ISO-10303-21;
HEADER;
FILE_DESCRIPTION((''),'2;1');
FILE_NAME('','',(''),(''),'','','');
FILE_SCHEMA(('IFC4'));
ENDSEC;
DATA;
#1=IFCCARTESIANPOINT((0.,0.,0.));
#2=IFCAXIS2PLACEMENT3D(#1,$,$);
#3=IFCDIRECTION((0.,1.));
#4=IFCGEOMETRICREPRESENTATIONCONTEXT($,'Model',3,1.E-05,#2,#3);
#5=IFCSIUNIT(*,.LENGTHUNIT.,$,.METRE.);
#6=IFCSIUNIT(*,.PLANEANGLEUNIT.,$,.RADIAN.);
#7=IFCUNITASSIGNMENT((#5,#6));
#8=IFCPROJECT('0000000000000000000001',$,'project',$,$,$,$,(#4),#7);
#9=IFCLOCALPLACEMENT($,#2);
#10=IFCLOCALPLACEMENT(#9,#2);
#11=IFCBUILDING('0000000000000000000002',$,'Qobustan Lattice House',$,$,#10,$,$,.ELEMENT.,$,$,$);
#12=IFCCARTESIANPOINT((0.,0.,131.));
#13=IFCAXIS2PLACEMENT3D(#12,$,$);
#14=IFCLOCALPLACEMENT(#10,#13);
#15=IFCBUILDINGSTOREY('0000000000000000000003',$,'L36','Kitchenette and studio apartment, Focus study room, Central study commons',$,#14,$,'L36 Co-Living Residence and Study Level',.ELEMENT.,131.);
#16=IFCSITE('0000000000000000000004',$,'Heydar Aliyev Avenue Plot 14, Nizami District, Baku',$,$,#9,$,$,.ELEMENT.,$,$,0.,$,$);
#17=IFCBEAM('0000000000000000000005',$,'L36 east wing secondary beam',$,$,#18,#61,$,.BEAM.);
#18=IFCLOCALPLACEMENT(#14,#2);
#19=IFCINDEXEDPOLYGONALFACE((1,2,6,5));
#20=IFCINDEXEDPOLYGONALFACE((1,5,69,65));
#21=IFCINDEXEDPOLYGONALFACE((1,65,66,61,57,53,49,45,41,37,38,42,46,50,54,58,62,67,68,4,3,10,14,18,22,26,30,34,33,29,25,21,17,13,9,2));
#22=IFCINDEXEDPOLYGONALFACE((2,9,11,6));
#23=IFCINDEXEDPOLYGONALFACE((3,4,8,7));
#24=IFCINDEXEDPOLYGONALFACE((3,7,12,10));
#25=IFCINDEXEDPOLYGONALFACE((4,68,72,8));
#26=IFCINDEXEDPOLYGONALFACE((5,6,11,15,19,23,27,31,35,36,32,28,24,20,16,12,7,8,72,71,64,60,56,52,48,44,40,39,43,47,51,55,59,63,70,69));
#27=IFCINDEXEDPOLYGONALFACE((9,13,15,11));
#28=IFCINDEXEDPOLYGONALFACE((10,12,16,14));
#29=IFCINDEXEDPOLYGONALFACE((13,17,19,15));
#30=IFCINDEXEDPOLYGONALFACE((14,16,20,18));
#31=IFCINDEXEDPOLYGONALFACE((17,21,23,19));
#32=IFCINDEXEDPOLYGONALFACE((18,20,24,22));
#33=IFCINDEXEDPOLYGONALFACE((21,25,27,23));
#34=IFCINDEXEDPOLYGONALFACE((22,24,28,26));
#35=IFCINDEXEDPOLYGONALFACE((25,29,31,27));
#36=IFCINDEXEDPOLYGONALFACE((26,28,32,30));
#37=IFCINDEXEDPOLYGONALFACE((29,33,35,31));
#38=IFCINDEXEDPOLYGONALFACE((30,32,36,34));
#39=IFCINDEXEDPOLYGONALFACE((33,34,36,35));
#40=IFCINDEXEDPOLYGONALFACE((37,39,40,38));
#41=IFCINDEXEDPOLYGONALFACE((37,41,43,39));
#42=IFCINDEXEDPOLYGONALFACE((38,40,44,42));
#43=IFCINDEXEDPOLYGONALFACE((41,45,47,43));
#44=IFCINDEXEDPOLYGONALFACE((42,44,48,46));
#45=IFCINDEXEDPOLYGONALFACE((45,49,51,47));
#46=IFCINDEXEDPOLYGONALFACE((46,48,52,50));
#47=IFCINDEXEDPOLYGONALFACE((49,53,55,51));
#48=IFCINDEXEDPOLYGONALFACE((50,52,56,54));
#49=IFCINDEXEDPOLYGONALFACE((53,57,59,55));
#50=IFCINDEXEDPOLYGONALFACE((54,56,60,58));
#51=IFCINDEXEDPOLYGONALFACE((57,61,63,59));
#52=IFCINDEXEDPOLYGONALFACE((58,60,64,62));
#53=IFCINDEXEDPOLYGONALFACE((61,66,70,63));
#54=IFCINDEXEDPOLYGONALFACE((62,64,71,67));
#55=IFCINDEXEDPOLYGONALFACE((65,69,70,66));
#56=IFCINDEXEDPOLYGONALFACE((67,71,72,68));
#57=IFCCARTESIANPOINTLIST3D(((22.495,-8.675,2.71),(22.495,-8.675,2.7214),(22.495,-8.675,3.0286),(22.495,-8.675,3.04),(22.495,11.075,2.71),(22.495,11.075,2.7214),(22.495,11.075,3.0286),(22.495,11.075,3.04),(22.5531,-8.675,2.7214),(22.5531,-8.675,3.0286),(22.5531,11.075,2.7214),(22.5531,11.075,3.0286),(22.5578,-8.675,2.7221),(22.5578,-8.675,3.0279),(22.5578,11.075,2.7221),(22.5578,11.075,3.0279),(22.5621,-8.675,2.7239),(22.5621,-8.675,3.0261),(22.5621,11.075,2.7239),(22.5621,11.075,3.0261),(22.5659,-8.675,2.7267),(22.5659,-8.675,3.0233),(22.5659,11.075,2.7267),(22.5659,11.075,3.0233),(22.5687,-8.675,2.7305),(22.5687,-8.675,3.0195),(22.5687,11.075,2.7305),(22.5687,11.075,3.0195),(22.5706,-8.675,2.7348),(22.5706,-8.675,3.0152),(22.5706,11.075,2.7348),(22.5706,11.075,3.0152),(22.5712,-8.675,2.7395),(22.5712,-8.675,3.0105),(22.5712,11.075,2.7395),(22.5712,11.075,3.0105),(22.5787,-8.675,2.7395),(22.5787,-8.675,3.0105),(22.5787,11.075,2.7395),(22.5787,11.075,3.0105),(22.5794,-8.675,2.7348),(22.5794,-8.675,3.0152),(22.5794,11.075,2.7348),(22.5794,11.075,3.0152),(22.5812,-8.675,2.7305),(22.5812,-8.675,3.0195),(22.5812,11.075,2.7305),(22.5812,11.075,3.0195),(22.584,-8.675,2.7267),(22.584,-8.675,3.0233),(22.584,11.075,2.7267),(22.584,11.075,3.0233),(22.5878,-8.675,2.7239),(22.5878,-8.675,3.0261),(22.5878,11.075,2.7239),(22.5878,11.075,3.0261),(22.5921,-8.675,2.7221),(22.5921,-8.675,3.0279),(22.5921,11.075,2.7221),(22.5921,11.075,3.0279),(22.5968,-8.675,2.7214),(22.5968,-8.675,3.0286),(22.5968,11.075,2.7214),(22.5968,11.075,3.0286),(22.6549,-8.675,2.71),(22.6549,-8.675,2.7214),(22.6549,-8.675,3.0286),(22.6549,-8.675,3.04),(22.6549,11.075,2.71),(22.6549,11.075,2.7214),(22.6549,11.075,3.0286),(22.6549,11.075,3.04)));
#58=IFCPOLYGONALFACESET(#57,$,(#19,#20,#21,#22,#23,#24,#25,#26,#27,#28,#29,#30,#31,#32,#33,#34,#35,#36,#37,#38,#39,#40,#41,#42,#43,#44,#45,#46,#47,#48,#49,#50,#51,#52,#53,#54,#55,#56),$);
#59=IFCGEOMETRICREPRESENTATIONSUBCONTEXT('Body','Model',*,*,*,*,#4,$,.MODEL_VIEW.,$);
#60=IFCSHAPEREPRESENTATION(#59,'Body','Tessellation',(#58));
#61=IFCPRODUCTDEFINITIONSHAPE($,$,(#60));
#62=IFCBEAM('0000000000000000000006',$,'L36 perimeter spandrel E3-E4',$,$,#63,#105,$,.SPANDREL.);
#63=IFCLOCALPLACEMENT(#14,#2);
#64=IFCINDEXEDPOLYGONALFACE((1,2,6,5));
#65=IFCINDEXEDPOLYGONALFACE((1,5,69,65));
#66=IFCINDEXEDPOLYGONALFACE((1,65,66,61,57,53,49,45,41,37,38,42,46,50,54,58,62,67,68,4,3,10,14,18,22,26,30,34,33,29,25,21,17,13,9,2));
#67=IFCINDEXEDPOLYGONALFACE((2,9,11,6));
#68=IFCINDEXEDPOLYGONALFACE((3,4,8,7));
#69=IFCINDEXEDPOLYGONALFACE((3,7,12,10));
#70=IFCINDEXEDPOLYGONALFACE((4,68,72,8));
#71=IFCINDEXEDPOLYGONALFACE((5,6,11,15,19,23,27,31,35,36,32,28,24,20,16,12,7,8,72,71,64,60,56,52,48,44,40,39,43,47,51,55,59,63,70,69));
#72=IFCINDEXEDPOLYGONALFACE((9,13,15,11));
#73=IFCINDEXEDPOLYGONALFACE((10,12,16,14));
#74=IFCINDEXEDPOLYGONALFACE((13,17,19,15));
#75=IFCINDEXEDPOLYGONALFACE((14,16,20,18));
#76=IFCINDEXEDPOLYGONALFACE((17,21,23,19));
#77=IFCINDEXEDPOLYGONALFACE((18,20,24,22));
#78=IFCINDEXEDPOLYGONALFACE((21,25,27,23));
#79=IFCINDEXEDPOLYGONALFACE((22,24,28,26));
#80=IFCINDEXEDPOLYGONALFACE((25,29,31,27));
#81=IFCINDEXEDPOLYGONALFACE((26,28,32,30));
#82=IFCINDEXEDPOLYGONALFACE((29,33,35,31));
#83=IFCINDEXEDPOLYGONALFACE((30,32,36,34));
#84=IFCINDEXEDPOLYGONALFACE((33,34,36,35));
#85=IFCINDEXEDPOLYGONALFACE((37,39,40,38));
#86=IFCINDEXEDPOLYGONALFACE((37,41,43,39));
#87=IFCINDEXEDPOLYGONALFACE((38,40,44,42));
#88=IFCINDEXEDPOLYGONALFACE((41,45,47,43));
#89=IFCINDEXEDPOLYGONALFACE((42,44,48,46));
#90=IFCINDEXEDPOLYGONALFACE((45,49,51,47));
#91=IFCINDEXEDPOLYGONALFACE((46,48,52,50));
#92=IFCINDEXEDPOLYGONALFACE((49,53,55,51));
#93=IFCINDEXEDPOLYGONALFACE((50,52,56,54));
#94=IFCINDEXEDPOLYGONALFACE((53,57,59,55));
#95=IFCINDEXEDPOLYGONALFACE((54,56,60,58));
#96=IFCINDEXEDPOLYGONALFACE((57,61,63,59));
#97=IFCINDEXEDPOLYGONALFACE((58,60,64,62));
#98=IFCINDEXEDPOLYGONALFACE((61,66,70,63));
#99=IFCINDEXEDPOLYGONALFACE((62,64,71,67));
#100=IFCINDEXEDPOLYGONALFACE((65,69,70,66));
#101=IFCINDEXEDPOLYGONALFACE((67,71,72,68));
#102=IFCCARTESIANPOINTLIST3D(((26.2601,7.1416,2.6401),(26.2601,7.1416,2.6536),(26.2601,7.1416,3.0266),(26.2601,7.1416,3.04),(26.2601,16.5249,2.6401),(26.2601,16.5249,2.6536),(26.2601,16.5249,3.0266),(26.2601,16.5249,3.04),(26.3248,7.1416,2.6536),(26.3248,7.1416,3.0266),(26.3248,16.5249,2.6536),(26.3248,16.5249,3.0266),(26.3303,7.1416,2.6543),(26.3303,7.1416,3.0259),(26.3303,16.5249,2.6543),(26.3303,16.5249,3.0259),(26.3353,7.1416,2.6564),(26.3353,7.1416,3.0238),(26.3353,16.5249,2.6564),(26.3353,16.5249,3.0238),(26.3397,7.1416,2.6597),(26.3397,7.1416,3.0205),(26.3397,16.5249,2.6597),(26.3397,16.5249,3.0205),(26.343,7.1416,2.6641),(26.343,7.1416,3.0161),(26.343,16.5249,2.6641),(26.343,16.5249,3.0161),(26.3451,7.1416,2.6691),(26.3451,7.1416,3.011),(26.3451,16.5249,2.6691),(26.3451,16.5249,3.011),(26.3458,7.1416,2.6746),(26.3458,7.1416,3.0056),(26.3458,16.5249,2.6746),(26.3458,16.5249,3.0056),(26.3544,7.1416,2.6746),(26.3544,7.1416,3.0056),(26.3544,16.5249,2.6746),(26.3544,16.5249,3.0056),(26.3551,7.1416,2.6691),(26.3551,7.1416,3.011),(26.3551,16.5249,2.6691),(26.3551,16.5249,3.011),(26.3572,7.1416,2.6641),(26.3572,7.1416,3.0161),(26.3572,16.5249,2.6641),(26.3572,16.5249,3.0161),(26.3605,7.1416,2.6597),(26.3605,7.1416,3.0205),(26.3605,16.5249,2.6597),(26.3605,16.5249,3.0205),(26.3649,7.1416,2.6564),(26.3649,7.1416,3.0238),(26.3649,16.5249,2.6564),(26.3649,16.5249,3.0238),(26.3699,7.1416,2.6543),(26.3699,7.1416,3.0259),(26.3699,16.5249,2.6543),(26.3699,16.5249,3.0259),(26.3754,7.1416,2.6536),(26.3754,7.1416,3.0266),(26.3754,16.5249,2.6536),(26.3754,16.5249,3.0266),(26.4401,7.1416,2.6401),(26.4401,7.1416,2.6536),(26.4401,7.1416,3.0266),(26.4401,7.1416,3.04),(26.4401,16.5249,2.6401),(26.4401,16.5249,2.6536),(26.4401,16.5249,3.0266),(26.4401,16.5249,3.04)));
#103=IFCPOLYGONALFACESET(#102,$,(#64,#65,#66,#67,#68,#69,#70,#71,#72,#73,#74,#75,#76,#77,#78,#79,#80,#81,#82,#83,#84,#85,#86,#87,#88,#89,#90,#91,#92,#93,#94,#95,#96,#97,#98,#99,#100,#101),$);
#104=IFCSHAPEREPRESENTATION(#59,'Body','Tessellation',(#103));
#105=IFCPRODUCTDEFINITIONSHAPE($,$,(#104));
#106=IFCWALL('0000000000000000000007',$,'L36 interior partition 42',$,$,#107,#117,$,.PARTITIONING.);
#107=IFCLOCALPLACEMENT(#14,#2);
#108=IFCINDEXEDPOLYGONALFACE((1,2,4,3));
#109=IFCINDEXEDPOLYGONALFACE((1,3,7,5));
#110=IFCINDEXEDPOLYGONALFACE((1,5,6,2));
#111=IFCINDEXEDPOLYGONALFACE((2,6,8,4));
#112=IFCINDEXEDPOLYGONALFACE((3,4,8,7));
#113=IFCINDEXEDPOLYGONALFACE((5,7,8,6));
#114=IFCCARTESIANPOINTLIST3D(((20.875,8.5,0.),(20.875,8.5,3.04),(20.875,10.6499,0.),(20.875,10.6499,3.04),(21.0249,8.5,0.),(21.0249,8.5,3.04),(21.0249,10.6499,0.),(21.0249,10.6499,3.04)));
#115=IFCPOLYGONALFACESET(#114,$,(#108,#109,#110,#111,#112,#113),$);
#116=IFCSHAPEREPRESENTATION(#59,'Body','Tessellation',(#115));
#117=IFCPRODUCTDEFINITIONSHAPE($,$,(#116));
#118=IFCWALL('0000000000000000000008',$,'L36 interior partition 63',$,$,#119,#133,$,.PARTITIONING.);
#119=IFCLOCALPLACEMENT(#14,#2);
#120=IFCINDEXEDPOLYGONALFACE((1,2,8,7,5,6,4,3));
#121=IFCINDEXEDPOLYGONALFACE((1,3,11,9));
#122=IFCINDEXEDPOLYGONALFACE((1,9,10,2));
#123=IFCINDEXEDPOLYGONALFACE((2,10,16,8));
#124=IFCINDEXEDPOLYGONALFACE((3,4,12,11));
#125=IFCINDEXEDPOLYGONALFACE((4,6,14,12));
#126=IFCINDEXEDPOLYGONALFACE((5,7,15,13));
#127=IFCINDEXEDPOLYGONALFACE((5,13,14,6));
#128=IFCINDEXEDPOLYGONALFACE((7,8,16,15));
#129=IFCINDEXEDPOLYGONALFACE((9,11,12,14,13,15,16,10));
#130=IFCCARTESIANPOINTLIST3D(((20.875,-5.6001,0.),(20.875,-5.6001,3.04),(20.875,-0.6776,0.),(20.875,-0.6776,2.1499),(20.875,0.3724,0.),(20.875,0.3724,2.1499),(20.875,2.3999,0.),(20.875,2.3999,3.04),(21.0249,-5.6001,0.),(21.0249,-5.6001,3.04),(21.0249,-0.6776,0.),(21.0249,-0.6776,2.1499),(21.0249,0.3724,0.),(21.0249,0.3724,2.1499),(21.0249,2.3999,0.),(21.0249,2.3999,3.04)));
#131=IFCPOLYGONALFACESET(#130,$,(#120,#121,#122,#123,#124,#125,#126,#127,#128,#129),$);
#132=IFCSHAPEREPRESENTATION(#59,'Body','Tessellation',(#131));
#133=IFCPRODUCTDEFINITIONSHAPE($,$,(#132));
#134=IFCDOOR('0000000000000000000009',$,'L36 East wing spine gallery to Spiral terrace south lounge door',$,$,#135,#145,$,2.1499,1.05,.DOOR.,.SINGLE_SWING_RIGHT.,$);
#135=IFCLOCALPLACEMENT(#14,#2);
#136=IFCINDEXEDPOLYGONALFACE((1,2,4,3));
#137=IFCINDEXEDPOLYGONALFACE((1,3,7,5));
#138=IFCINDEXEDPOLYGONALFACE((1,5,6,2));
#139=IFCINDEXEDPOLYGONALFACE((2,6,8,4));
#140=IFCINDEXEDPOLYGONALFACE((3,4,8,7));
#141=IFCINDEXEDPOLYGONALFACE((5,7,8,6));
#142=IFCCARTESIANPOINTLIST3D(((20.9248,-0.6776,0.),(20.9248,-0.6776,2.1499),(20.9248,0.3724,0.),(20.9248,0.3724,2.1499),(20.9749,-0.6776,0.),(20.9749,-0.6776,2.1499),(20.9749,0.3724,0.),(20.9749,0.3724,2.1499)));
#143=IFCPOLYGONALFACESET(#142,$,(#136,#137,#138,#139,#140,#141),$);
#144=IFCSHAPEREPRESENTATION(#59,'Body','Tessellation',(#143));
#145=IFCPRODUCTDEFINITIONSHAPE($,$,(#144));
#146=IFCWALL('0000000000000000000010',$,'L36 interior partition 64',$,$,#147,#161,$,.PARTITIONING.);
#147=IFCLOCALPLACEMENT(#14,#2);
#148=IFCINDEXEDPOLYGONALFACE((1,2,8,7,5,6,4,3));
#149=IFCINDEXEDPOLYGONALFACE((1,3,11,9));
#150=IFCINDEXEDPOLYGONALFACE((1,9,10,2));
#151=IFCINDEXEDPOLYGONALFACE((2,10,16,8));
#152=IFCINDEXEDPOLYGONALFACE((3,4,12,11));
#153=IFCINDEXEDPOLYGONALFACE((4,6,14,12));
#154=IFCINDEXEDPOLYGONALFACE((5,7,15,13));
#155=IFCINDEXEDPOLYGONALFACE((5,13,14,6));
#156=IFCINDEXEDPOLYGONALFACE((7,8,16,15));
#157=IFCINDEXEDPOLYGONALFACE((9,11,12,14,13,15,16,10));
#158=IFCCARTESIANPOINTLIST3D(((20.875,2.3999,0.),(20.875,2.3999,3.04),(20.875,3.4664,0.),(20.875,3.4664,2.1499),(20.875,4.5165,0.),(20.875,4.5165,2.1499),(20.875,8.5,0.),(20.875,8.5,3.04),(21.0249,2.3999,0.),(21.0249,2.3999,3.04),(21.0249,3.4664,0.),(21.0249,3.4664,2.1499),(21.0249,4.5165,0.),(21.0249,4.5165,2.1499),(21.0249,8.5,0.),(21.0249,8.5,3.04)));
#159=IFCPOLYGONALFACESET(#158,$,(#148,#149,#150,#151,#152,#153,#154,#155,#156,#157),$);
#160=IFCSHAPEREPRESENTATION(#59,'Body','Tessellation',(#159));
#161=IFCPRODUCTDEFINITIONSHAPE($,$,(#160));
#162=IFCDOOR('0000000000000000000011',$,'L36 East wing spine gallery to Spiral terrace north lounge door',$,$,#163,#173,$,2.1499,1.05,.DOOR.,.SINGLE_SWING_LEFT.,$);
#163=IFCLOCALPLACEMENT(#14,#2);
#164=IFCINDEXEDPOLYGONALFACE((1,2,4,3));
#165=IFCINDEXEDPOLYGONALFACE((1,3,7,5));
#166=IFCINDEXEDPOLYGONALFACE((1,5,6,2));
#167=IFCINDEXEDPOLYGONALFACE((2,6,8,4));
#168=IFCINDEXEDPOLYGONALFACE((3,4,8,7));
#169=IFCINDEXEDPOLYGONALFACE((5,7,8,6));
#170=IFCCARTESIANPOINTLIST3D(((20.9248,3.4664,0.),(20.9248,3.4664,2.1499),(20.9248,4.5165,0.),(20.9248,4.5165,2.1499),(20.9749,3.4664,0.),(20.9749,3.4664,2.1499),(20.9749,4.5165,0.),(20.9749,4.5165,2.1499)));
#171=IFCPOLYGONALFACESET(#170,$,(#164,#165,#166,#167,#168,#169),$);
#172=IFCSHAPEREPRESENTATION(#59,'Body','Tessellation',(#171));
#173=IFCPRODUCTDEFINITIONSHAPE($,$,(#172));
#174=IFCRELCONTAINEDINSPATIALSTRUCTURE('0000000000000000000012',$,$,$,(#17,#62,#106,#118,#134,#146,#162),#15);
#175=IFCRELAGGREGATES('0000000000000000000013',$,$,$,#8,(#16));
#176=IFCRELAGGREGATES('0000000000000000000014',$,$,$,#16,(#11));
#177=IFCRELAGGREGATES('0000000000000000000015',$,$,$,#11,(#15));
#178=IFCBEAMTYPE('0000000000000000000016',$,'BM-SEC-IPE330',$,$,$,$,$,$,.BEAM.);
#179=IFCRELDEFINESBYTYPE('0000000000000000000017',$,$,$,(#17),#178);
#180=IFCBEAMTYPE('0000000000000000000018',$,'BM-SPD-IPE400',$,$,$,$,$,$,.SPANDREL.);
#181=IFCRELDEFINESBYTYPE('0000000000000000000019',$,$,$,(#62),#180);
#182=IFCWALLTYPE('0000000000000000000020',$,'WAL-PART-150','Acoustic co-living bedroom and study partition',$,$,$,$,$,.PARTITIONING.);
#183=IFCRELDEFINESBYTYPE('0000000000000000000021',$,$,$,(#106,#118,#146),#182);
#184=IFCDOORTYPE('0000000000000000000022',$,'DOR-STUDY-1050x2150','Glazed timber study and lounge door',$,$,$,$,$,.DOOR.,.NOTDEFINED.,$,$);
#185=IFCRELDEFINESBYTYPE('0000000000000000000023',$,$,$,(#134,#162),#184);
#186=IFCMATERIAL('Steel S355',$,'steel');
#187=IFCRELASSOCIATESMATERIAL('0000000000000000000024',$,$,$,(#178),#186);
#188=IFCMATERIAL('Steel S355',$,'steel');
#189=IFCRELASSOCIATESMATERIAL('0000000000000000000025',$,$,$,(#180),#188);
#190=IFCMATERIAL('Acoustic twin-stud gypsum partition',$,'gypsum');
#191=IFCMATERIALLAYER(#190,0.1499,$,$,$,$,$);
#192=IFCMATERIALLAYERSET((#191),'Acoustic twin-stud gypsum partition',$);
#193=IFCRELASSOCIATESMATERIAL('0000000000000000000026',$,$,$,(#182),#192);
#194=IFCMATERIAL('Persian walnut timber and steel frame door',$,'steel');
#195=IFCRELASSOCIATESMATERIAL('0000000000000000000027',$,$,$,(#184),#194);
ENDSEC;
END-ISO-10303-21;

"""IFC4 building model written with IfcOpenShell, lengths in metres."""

from ifc_helpers import new_model, si_unit, direction, frame, frame_2d, origin, origin_2d, place, context, subcontext, project, spatial, rectangle, i_section, extrude, material, layer, layer_set, material_profile, profile_set, type_object, element, fill, save


model = new_model("IFC4")

# Units and contexts
model_context = context("Model", 3, precision=1e-05, world=origin(), true_north=direction((0.0, 1.0)))
body_context = subcontext(model_context, "Body", "Model", "MODEL_VIEW")
ifc_project = project(units=[si_unit("LENGTHUNIT", "METRE"), si_unit("PLANEANGLEUNIT", "RADIAN")], contexts=[model_context])

# Site, building, storey
site_placement = place(None, origin())
site = spatial("IfcSite", under=ifc_project, at=site_placement, Name="Heydar Aliyev Avenue Plot 14, Nizami District, Baku", CompositionType="ELEMENT", RefElevation=0.0)
building_placement = place(site_placement, origin())
building = spatial("IfcBuilding", under=site, at=building_placement, Name="Qobustan Lattice House", CompositionType="ELEMENT")
storey_placement = place(building_placement, frame((0.0, 0.0, 131.0)))
storey = spatial("IfcBuildingStorey", under=building, at=storey_placement, Name="L36", Description="Kitchenette and studio apartment, Focus study room, Central study commons", LongName="L36 Co-Living Residence and Study Level", CompositionType="ELEMENT", Elevation=131.0)

# Beams
ifc_material_1 = material(Name="Steel S355", Category="steel")
ifc_material_profile_1 = material_profile(ifc_material_1, i_section(OverallWidth=0.1599, OverallDepth=0.3301, WebThickness=0.0076, FlangeThickness=0.0115, FilletRadius=0.0181, at=origin_2d()), Name="IPE330")
ifc_profile_set_1 = profile_set([ifc_material_profile_1], Name="Steel S355")
beam_type_1 = type_object("IfcBeamType", Name="BM-SEC-IPE330", PredefinedType="BEAM", material=ifc_profile_set_1)
beam_1_placement = place(storey_placement, frame((22.575, 11.075, 2.875), z_axis=(0.0, -1.0, 0.0), x_axis=(1.0, 0.0, 0.0)))
element("IfcBeam", 1, at=beam_1_placement, inside=storey, type_object=beam_type_1, Name="L36 east wing secondary beam", PredefinedType="BEAM", context=body_context, shape_type="SweptSolid", body=[
    extrude(i_section(OverallWidth=0.1599, OverallDepth=0.3301, WebThickness=0.0076, FlangeThickness=0.0115, FilletRadius=0.0181, at=origin_2d()), origin(), (0.0, 0.0, 1.0), 19.75),
])
ifc_material_2 = material(Name="Steel S355", Category="steel")
ifc_material_profile_2 = material_profile(ifc_material_2, i_section(OverallWidth=0.1799, OverallDepth=0.3999, WebThickness=0.0085, FlangeThickness=0.0134, FilletRadius=0.021, at=origin_2d()), Name="IPE400")
ifc_profile_set_2 = profile_set([ifc_material_profile_2], Name="Steel S355")
beam_type_2 = type_object("IfcBeamType", Name="BM-SPD-IPE400", PredefinedType="SPANDREL", material=ifc_profile_set_2)
beam_2_placement = place(storey_placement, frame((26.3501, 7.1416, 2.8401), z_axis=(0.0, 1.0, 0.0), x_axis=(-1.0, 0.0, 0.0)))
element("IfcBeam", 2, at=beam_2_placement, inside=storey, type_object=beam_type_2, Name="L36 perimeter spandrel E3-E4", PredefinedType="SPANDREL", context=body_context, shape_type="SweptSolid", body=[
    extrude(i_section(OverallWidth=0.1799, OverallDepth=0.3999, WebThickness=0.0085, FlangeThickness=0.0134, FilletRadius=0.021, at=origin_2d()), origin(), (0.0, 0.0, 1.0), 9.3833),
])

# Wall
ifc_material_3 = material(Name="Acoustic twin-stud gypsum partition", Category="gypsum")
ifc_layer_1 = layer(ifc_material_3, 0.1499)
ifc_layer_set_1 = layer_set([ifc_layer_1], Name="Acoustic twin-stud gypsum partition")
wall_type_1 = type_object("IfcWallType", Name="WAL-PART-150", Description="Acoustic co-living bedroom and study partition", PredefinedType="PARTITIONING", material=ifc_layer_set_1)
wall_1_placement = place(storey_placement, frame((20.95, 10.6499, 0.0), z_axis=(0.0, 0.0, 1.0), x_axis=(0.0, -1.0, 0.0)))
element("IfcWall", 3, at=wall_1_placement, inside=storey, type_object=wall_type_1, Name="L36 interior partition 42", PredefinedType="PARTITIONING", context=body_context, shape_type="SweptSolid", body=[
    extrude(rectangle(XDim=2.1499, YDim=0.1499, at=frame_2d((1.075, 0.0))), origin(), (0.0, 0.0, 1.0), 3.04),
])

# Walls, openings, doors
wall_2_placement = place(storey_placement, frame((20.95, 2.3999, 0.0), z_axis=(0.0, 0.0, 1.0), x_axis=(0.0, -1.0, 0.0)))
wall_2 = element("IfcWall", 4, at=wall_2_placement, inside=storey, type_object=wall_type_1, Name="L36 interior partition 63", PredefinedType="PARTITIONING", context=body_context, shape_type="SweptSolid", body=[
    extrude(rectangle(XDim=8.0, YDim=0.1499, at=frame_2d((4.0, 0.0))), origin(), (0.0, 0.0, 1.0), 3.04),
])
opening_1_placement = place(wall_2_placement, frame((2.0276, 0.0, 0.0)))
opening_1 = element("IfcOpeningElement", 5, at=opening_1_placement, cuts=wall_2, PredefinedType="OPENING", context=body_context, shape_type="SweptSolid", body=[
    extrude(rectangle(XDim=1.05, YDim=2.1499, at=frame_2d((0.5249, 1.075))), frame((0.0, 0.085, 0.0), z_axis=(0.0, -1.0, 0.0), x_axis=(1.0, 0.0, 0.0)), (0.0, 0.0, 1.0), 0.1699),
])
ifc_material_4 = material(Name="Persian walnut timber and steel frame door", Category="steel")
door_type_1 = type_object("IfcDoorType", Name="DOR-STUDY-1050x2150", Description="Glazed timber study and lounge door", OperationType="NOTDEFINED", PredefinedType="DOOR", material=ifc_material_4)
door_1_placement = place(opening_1_placement, origin())
door_1 = element("IfcDoor", 6, at=door_1_placement, inside=storey, type_object=door_type_1, Name="L36 East wing spine gallery to Spiral terrace south lounge door", OperationType="SINGLE_SWING_RIGHT", OverallHeight=2.1499, OverallWidth=1.05, PredefinedType="DOOR", context=body_context, shape_type="SweptSolid", body=[
    extrude(rectangle(XDim=1.05, YDim=2.1499, at=frame_2d((0.5249, 1.075))), frame((0.0, 0.0249, 0.0), z_axis=(0.0, -1.0, 0.0), x_axis=(1.0, 0.0, 0.0)), (0.0, 0.0, 1.0), 0.05),
])
fill(opening_1, door_1)
wall_3_placement = place(storey_placement, frame((20.95, 8.5, 0.0), z_axis=(0.0, 0.0, 1.0), x_axis=(0.0, -1.0, 0.0)))
wall_3 = element("IfcWall", 7, at=wall_3_placement, inside=storey, type_object=wall_type_1, Name="L36 interior partition 64", PredefinedType="PARTITIONING", context=body_context, shape_type="SweptSolid", body=[
    extrude(rectangle(XDim=6.1001, YDim=0.1499, at=frame_2d((3.05, 0.0))), origin(), (0.0, 0.0, 1.0), 3.04),
])
opening_2_placement = place(wall_3_placement, frame((3.9836, 0.0, 0.0)))
opening_2 = element("IfcOpeningElement", 8, at=opening_2_placement, cuts=wall_3, PredefinedType="OPENING", context=body_context, shape_type="SweptSolid", body=[
    extrude(rectangle(XDim=1.05, YDim=2.1499, at=frame_2d((0.5249, 1.075))), frame((0.0, 0.085, 0.0), z_axis=(0.0, -1.0, 0.0), x_axis=(1.0, 0.0, 0.0)), (0.0, 0.0, 1.0), 0.1699),
])
door_2_placement = place(opening_2_placement, origin())
door_2 = element("IfcDoor", 9, at=door_2_placement, inside=storey, type_object=door_type_1, Name="L36 East wing spine gallery to Spiral terrace north lounge door", OperationType="SINGLE_SWING_LEFT", OverallHeight=2.1499, OverallWidth=1.05, PredefinedType="DOOR", context=body_context, shape_type="SweptSolid", body=[
    extrude(rectangle(XDim=1.05, YDim=2.1499, at=frame_2d((0.5249, 1.075))), frame((0.0, 0.0249, 0.0), z_axis=(0.0, -1.0, 0.0), x_axis=(1.0, 0.0, 0.0)), (0.0, 0.0, 1.0), 0.05),
])
fill(opening_2, door_2)

save(model, "model.ifc")
